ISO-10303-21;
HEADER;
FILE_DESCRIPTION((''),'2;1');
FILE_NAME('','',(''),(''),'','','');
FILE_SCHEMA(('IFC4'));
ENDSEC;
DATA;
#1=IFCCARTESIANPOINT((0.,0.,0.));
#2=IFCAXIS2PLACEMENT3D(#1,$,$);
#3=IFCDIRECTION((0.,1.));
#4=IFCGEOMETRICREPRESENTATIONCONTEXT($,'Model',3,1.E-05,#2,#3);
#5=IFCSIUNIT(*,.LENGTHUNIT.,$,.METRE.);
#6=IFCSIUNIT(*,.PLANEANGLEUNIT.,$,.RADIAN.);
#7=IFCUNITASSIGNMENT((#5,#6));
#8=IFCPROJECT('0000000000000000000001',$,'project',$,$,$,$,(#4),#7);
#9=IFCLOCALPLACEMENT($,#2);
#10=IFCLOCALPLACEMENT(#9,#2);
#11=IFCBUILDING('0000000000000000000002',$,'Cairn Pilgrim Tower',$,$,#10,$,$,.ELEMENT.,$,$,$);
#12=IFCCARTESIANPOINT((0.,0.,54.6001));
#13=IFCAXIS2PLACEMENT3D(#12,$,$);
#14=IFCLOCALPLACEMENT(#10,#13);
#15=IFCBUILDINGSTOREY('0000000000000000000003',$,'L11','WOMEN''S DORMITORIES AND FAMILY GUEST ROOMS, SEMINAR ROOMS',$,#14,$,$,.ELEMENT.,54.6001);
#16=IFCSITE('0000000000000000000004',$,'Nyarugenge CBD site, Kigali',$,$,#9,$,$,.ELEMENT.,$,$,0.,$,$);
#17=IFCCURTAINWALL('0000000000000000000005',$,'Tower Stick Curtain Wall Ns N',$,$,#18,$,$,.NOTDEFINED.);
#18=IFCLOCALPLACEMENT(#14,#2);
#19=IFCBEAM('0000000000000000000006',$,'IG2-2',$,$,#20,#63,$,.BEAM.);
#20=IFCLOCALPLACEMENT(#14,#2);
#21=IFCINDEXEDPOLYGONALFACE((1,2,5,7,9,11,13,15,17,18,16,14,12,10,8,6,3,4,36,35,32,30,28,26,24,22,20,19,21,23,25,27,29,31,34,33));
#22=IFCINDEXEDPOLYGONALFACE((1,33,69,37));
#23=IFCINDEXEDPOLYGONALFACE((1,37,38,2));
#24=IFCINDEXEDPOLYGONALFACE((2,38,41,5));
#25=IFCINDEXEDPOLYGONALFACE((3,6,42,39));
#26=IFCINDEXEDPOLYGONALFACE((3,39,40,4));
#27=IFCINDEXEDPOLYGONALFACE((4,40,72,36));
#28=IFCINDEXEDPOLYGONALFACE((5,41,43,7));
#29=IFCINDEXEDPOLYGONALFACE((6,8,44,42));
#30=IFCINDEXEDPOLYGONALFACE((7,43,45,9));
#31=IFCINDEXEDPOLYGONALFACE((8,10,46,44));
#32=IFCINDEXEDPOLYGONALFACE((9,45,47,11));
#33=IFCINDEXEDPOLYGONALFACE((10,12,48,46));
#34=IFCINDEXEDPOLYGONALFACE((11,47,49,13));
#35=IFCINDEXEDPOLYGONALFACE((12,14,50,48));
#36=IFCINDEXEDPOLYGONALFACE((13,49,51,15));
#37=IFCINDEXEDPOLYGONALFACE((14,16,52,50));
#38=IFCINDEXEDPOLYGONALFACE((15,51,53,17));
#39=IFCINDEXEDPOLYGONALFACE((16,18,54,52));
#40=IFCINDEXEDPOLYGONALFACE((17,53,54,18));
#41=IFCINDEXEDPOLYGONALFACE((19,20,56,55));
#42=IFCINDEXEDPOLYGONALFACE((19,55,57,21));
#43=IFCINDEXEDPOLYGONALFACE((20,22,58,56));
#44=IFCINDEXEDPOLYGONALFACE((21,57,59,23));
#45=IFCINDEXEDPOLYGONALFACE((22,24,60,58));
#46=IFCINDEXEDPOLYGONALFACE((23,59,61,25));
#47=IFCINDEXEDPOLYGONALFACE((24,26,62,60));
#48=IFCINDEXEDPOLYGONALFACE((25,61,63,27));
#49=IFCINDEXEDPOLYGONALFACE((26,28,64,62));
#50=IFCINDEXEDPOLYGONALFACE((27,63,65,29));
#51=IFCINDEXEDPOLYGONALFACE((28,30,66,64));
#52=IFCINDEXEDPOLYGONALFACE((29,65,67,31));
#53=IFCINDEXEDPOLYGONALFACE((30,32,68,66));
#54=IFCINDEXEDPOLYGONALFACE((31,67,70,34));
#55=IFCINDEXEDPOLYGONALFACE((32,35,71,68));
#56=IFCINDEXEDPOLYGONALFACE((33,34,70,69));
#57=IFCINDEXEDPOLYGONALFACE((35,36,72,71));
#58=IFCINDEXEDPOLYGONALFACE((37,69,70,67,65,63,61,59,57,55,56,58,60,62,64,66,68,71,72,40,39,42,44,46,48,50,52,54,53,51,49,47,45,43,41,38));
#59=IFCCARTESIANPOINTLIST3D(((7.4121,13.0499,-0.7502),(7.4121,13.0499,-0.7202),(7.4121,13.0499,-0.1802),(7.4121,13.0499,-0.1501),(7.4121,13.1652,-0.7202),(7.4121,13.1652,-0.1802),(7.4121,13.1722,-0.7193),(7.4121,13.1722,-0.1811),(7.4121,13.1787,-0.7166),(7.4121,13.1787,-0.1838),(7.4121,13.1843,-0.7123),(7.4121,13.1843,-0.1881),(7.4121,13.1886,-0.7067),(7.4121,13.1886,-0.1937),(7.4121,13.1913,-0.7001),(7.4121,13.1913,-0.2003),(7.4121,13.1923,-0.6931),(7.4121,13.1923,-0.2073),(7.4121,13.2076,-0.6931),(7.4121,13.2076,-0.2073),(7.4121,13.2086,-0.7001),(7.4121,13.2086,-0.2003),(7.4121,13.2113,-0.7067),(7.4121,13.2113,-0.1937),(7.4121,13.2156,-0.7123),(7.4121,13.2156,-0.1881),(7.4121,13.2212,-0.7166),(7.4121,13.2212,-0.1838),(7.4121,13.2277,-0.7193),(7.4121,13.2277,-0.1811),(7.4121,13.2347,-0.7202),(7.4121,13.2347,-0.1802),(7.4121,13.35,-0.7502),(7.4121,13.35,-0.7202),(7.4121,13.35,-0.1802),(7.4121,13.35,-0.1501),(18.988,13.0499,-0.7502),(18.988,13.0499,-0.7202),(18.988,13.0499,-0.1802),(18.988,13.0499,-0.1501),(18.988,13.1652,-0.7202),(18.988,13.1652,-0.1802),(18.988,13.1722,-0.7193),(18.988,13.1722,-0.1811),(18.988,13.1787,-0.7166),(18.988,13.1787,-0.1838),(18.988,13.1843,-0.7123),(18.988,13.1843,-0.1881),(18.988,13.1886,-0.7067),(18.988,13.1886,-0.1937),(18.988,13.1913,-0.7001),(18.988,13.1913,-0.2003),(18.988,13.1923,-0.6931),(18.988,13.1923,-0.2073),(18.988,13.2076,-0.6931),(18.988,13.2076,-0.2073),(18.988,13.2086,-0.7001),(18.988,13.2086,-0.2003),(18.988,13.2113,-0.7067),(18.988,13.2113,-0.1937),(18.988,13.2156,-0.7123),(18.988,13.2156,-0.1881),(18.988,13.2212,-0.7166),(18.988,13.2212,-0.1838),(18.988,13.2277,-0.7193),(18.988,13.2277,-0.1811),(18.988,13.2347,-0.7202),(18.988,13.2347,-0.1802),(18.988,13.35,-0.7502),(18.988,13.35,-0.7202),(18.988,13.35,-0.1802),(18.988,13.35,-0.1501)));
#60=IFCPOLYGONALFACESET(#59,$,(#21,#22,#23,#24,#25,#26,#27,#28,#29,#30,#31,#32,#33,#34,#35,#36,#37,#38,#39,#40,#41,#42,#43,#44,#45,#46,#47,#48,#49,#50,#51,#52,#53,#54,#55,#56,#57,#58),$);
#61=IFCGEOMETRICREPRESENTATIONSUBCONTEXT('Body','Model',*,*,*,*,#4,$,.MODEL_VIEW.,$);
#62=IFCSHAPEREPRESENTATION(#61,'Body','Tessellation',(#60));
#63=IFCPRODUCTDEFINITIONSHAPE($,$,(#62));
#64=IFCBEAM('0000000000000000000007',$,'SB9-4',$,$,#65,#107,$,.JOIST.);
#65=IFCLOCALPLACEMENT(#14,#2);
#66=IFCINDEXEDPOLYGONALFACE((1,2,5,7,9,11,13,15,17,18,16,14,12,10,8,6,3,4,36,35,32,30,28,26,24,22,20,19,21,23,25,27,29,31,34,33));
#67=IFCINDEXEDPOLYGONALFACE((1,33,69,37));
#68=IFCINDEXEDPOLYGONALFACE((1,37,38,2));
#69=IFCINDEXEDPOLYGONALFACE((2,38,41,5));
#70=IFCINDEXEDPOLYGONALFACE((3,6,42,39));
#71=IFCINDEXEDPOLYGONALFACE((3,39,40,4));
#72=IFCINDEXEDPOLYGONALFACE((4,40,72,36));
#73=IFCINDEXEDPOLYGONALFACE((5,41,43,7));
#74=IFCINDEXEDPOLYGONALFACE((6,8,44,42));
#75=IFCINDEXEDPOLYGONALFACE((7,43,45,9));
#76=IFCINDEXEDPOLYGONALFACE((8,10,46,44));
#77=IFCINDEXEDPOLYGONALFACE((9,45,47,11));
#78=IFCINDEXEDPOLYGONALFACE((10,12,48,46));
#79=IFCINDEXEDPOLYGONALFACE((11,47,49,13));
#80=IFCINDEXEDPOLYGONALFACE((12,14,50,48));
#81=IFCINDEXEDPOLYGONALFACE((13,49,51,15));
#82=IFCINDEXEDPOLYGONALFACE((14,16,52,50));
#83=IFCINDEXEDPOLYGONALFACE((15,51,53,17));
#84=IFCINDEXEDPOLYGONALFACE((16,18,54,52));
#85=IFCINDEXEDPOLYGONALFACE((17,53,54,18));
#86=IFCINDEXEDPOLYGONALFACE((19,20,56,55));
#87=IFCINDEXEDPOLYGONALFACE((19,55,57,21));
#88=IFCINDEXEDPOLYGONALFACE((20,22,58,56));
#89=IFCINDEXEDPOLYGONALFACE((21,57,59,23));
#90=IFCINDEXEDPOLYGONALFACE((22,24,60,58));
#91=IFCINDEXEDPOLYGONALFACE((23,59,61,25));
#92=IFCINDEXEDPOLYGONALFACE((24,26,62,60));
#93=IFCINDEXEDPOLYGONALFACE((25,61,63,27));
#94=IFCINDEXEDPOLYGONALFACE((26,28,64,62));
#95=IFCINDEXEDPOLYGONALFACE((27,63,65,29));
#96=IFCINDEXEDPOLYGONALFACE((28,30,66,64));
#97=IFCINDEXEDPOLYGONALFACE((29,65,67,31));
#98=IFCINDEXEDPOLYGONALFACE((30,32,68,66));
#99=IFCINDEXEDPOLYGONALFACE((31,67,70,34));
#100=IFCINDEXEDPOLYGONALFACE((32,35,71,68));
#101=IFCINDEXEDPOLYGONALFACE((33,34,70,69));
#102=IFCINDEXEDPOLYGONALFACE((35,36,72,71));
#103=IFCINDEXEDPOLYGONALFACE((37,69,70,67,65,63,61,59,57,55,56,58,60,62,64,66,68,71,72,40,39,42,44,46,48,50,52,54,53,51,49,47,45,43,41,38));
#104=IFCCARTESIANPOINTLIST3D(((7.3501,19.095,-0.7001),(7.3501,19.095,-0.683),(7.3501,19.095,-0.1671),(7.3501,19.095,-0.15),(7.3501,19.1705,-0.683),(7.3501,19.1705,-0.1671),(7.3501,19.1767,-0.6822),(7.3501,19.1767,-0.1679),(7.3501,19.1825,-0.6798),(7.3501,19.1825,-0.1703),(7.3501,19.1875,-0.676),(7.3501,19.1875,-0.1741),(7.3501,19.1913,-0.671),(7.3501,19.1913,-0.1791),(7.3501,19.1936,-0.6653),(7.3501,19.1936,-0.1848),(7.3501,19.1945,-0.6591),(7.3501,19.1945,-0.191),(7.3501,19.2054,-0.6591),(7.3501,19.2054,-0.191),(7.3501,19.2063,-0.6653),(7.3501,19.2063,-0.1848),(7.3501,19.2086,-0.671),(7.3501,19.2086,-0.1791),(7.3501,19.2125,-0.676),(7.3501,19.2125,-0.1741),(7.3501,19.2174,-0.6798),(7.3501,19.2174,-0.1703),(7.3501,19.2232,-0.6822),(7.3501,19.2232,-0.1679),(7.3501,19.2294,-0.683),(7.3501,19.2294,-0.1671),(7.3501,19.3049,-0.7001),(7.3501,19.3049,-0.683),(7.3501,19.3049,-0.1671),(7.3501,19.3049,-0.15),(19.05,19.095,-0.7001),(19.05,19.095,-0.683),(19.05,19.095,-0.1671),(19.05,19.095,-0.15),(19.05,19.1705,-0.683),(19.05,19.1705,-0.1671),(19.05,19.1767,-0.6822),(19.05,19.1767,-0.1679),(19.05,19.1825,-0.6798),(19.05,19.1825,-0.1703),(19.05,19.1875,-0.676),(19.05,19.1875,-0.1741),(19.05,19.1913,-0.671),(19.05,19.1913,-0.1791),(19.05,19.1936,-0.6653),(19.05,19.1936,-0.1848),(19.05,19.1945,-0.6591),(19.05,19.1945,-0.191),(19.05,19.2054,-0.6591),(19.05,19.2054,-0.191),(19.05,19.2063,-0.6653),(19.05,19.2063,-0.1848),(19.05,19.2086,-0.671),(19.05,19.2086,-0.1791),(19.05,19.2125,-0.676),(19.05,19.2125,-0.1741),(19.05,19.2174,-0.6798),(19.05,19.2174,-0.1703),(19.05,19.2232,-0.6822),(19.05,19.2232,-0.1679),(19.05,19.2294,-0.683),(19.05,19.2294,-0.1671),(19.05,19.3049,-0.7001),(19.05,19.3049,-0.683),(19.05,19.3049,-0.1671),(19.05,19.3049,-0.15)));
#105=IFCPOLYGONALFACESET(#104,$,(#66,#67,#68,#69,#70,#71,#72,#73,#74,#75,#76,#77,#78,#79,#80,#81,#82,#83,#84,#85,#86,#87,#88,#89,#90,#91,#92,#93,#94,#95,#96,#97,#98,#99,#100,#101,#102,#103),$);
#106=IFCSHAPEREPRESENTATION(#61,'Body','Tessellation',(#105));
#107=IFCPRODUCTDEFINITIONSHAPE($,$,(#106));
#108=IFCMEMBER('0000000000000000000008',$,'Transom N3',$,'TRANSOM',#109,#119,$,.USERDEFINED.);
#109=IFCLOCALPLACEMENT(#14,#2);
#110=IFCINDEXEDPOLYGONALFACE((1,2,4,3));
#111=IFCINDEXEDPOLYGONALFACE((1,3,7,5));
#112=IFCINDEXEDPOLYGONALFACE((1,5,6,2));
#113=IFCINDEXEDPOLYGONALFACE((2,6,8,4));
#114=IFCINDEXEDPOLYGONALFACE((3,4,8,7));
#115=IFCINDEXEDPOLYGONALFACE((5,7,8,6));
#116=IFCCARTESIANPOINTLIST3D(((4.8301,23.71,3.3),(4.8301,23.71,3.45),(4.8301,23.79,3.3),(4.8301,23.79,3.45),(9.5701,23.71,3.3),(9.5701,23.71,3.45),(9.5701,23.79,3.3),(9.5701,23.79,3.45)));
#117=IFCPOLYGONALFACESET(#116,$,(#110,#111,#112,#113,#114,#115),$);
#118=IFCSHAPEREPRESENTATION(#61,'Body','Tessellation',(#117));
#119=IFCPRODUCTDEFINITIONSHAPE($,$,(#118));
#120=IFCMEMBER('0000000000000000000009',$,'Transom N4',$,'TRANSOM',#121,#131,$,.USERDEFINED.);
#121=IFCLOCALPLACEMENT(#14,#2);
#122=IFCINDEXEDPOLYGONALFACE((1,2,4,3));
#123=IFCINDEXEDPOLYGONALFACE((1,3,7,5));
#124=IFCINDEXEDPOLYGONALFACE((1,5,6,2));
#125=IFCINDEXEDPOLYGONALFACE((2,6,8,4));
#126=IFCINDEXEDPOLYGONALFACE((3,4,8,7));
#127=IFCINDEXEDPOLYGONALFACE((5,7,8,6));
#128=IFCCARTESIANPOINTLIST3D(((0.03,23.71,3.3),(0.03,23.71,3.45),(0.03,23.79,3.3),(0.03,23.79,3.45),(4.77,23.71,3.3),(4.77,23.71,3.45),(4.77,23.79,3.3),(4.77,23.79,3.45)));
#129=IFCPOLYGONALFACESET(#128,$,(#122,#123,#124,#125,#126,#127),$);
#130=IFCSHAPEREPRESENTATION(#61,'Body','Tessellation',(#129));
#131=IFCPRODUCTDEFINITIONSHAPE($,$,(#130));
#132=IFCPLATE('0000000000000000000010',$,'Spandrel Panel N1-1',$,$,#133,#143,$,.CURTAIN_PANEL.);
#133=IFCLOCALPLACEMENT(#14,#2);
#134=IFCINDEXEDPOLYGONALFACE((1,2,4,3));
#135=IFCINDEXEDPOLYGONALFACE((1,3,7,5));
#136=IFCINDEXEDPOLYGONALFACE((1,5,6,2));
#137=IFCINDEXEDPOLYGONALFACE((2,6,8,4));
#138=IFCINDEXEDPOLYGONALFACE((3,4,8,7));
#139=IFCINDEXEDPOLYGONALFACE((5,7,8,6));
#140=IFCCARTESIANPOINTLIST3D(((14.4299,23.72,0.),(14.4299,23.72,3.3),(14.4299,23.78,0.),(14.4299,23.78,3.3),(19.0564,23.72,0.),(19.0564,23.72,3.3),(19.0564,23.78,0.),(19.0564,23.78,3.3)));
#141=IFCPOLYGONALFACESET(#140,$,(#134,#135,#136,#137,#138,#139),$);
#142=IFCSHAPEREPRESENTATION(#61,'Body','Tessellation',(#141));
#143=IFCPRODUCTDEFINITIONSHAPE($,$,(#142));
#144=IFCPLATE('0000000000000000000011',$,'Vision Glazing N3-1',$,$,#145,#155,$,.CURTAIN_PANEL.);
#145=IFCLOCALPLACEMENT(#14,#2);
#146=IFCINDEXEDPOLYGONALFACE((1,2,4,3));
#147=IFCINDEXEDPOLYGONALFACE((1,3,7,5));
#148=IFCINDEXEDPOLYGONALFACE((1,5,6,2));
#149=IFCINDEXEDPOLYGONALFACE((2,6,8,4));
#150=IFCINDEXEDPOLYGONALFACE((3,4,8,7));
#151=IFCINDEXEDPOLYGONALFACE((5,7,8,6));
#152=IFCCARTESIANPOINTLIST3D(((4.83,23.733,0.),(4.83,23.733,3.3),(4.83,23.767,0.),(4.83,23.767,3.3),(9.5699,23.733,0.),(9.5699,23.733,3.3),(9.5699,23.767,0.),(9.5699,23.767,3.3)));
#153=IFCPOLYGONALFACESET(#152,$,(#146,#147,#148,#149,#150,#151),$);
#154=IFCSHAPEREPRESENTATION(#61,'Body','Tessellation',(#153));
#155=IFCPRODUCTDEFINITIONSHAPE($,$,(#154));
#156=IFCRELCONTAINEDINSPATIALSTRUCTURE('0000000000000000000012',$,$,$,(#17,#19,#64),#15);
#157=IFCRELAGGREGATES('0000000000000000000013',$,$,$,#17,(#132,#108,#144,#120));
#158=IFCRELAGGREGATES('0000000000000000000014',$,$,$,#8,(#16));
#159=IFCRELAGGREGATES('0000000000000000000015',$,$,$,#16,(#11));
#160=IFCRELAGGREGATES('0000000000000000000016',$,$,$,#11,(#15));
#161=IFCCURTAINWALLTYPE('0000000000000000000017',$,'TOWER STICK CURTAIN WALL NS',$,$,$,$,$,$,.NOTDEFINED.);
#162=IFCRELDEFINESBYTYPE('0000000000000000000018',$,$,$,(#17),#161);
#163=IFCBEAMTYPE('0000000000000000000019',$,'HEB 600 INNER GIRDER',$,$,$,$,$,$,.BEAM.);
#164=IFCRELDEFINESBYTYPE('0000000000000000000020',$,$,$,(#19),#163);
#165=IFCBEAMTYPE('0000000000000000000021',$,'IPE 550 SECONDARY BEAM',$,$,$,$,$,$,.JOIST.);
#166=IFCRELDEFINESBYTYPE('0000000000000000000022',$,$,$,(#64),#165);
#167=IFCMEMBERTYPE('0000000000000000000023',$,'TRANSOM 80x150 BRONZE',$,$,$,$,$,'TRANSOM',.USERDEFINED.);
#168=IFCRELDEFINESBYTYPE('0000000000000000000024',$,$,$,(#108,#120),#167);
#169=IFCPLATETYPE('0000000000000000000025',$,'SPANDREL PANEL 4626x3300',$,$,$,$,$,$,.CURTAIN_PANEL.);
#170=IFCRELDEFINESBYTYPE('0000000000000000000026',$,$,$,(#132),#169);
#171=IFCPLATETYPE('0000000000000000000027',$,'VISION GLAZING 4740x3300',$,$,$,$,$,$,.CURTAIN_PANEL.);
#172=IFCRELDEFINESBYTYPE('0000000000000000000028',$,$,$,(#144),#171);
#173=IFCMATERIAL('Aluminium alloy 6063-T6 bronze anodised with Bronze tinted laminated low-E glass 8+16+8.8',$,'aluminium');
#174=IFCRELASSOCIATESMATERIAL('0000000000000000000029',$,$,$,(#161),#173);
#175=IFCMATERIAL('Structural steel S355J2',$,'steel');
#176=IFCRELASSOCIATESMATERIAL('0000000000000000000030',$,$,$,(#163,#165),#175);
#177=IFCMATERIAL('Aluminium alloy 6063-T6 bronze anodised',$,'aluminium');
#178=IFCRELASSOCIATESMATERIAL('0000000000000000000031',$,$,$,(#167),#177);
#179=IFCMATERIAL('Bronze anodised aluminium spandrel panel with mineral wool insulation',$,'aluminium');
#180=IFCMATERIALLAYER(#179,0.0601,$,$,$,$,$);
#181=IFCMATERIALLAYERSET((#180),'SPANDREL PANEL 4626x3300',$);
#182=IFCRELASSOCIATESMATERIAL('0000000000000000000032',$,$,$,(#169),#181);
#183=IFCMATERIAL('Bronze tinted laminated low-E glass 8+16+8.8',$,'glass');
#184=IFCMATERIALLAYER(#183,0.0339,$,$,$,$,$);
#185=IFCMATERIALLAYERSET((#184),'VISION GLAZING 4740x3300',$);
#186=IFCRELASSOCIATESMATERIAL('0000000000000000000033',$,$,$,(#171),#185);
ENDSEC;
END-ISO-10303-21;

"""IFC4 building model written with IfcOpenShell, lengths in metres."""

from ifc_helpers import new_model, si_unit, direction, frame, origin, origin_2d, place, context, subcontext, project, spatial, rectangle, i_section, extrude, material, layer, layer_set, material_profile, profile_set, type_object, element, aggregate, save


model = new_model("IFC4")

# Units and contexts
model_context = context("Model", 3, precision=1e-05, world=origin(), true_north=direction((0.0, 1.0)))
body_context = subcontext(model_context, "Body", "Model", "MODEL_VIEW")
ifc_project = project(units=[si_unit("LENGTHUNIT", "METRE"), si_unit("PLANEANGLEUNIT", "RADIAN")], contexts=[model_context])

# Site, building, storey
site_placement = place(None, origin())
site = spatial("IfcSite", under=ifc_project, at=site_placement, Name="Nyarugenge CBD site, Kigali", CompositionType="ELEMENT", RefElevation=0.0)
building_placement = place(site_placement, origin())
building = spatial("IfcBuilding", under=site, at=building_placement, Name="Cairn Pilgrim Tower", CompositionType="ELEMENT")
storey_placement = place(building_placement, frame((0.0, 0.0, 54.6001)))
storey = spatial("IfcBuildingStorey", under=building, at=storey_placement, Name="L11", Description="WOMEN'S DORMITORIES AND FAMILY GUEST ROOMS, SEMINAR ROOMS", CompositionType="ELEMENT", Elevation=54.6001)

# Curtain wall
ifc_material_1 = material(Name="Aluminium alloy 6063-T6 bronze anodised with Bronze tinted laminated low-E glass 8+16+8.8", Category="aluminium")
curtain_wall_type = type_object("IfcCurtainWallType", Name="TOWER STICK CURTAIN WALL NS", PredefinedType="NOTDEFINED", material=ifc_material_1)
curtain_wall_placement = place(storey_placement, origin())
curtain_wall = element("IfcCurtainWall", 1, at=curtain_wall_placement, inside=storey, type_object=curtain_wall_type, Name="Tower Stick Curtain Wall Ns N", PredefinedType="NOTDEFINED")
ifc_material_2 = material(Name="Aluminium alloy 6063-T6 bronze anodised", Category="aluminium")

# Beams
ifc_material_3 = material(Name="Structural steel S355J2", Category="steel")
ifc_material_profile_1 = material_profile(ifc_material_3, i_section(OverallWidth=0.3, OverallDepth=0.6001, WebThickness=0.0154, FlangeThickness=0.03, FilletRadius=0.0271, at=origin_2d()), Name="HEB 600")
ifc_profile_set_1 = profile_set([ifc_material_profile_1], Name="Structural steel S355J2")
beam_type_1 = type_object("IfcBeamType", Name="HEB 600 INNER GIRDER", PredefinedType="BEAM", material=ifc_profile_set_1)
beam_1_placement = place(storey_placement, frame((7.4121, 13.2, -0.4502), z_axis=(1.0, 0.0, 0.0), x_axis=(0.0, 1.0, 0.0)))
element("IfcBeam", 2, at=beam_1_placement, inside=storey, type_object=beam_type_1, Name="IG2-2", PredefinedType="BEAM", context=body_context, shape_type="SweptSolid", body=[
    extrude(i_section(OverallWidth=0.3, OverallDepth=0.6001, WebThickness=0.0154, FlangeThickness=0.03, FilletRadius=0.0271, at=origin_2d()), origin(), (0.0, 0.0, 1.0), 11.5759),
])
ifc_material_profile_2 = material_profile(ifc_material_3, i_section(OverallWidth=0.21, OverallDepth=0.55, WebThickness=0.011, FlangeThickness=0.0171, FilletRadius=0.0239, at=origin_2d()), Name="IPE 550")
ifc_profile_set_2 = profile_set([ifc_material_profile_2], Name="Structural steel S355J2")
beam_type_2 = type_object("IfcBeamType", Name="IPE 550 SECONDARY BEAM", PredefinedType="JOIST", material=ifc_profile_set_2)
beam_2_placement = place(storey_placement, frame((7.3501, 19.2, -0.425), z_axis=(1.0, 0.0, 0.0), x_axis=(0.0, 1.0, 0.0)))
element("IfcBeam", 3, at=beam_2_placement, inside=storey, type_object=beam_type_2, Name="SB9-4", PredefinedType="JOIST", context=body_context, shape_type="SweptSolid", body=[
    extrude(i_section(OverallWidth=0.21, OverallDepth=0.55, WebThickness=0.011, FlangeThickness=0.0171, FilletRadius=0.0239, at=origin_2d()), origin(), (0.0, 0.0, 1.0), 11.7),
])

# Members
ifc_material_profile_3 = material_profile(ifc_material_2, rectangle(XDim=0.0801, YDim=0.1499, at=origin_2d()), Name="TRANSOM 80x150 BRONZE")
ifc_profile_set_3 = profile_set([ifc_material_profile_3], Name="Aluminium alloy 6063-T6 bronze anodised")
member_type_1 = type_object("IfcMemberType", Name="TRANSOM 80x150 BRONZE", ElementType="TRANSOM", PredefinedType="USERDEFINED", material=ifc_profile_set_3)
member_1_placement = place(storey_placement, frame((9.5701, 23.75, 3.375), z_axis=(-1.0, 0.0, 0.0), x_axis=(0.0, -1.0, 0.0)))
member_1 = element("IfcMember", 4, at=member_1_placement, type_object=member_type_1, Name="Transom N3", ObjectType="TRANSOM", PredefinedType="USERDEFINED", context=body_context, shape_type="SweptSolid", body=[
    extrude(rectangle(XDim=0.0801, YDim=0.1499, at=origin_2d()), origin(), (0.0, 0.0, 1.0), 4.74),
])
member_2_placement = place(storey_placement, frame((4.77, 23.75, 3.375), z_axis=(-1.0, 0.0, 0.0), x_axis=(0.0, -1.0, 0.0)))
member_2 = element("IfcMember", 5, at=member_2_placement, type_object=member_type_1, Name="Transom N4", ObjectType="TRANSOM", PredefinedType="USERDEFINED", context=body_context, shape_type="SweptSolid", body=[
    extrude(rectangle(XDim=0.0801, YDim=0.1499, at=origin_2d()), origin(), (0.0, 0.0, 1.0), 4.74),
])

# Plates
ifc_material_4 = material(Name="Bronze anodised aluminium spandrel panel with mineral wool insulation", Category="aluminium")
ifc_layer_1 = layer(ifc_material_4, 0.0601)
ifc_layer_set_1 = layer_set([ifc_layer_1], Name="SPANDREL PANEL 4626x3300")
plate_type_1 = type_object("IfcPlateType", Name="SPANDREL PANEL 4626x3300", PredefinedType="CURTAIN_PANEL", material=ifc_layer_set_1)
plate_1_placement = place(storey_placement, frame((16.7432, 23.75, 0.0), z_axis=(0.0, 0.0, 1.0), x_axis=(-1.0, 0.0, 0.0)))
plate_1 = element("IfcPlate", 6, at=plate_1_placement, type_object=plate_type_1, Name="Spandrel Panel N1-1", PredefinedType="CURTAIN_PANEL", context=body_context, shape_type="SweptSolid", body=[
    extrude(rectangle(XDim=4.6265, YDim=0.0601, at=origin_2d()), origin(), (0.0, 0.0, 1.0), 3.3),
])
ifc_material_5 = material(Name="Bronze tinted laminated low-E glass 8+16+8.8", Category="glass")
ifc_layer_2 = layer(ifc_material_5, 0.0339)
ifc_layer_set_2 = layer_set([ifc_layer_2], Name="VISION GLAZING 4740x3300")
plate_type_2 = type_object("IfcPlateType", Name="VISION GLAZING 4740x3300", PredefinedType="CURTAIN_PANEL", material=ifc_layer_set_2)
plate_2_placement = place(storey_placement, frame((7.2, 23.75, 0.0), z_axis=(0.0, 0.0, 1.0), x_axis=(-1.0, 0.0, 0.0)))
plate_2 = element("IfcPlate", 7, at=plate_2_placement, type_object=plate_type_2, Name="Vision Glazing N3-1", PredefinedType="CURTAIN_PANEL", context=body_context, shape_type="SweptSolid", body=[
    extrude(rectangle(XDim=4.74, YDim=0.0339, at=origin_2d()), origin(), (0.0, 0.0, 1.0), 3.3),
])
aggregate(curtain_wall, [plate_1, member_1, plate_2, member_2])

save(model, "model.ifc")
